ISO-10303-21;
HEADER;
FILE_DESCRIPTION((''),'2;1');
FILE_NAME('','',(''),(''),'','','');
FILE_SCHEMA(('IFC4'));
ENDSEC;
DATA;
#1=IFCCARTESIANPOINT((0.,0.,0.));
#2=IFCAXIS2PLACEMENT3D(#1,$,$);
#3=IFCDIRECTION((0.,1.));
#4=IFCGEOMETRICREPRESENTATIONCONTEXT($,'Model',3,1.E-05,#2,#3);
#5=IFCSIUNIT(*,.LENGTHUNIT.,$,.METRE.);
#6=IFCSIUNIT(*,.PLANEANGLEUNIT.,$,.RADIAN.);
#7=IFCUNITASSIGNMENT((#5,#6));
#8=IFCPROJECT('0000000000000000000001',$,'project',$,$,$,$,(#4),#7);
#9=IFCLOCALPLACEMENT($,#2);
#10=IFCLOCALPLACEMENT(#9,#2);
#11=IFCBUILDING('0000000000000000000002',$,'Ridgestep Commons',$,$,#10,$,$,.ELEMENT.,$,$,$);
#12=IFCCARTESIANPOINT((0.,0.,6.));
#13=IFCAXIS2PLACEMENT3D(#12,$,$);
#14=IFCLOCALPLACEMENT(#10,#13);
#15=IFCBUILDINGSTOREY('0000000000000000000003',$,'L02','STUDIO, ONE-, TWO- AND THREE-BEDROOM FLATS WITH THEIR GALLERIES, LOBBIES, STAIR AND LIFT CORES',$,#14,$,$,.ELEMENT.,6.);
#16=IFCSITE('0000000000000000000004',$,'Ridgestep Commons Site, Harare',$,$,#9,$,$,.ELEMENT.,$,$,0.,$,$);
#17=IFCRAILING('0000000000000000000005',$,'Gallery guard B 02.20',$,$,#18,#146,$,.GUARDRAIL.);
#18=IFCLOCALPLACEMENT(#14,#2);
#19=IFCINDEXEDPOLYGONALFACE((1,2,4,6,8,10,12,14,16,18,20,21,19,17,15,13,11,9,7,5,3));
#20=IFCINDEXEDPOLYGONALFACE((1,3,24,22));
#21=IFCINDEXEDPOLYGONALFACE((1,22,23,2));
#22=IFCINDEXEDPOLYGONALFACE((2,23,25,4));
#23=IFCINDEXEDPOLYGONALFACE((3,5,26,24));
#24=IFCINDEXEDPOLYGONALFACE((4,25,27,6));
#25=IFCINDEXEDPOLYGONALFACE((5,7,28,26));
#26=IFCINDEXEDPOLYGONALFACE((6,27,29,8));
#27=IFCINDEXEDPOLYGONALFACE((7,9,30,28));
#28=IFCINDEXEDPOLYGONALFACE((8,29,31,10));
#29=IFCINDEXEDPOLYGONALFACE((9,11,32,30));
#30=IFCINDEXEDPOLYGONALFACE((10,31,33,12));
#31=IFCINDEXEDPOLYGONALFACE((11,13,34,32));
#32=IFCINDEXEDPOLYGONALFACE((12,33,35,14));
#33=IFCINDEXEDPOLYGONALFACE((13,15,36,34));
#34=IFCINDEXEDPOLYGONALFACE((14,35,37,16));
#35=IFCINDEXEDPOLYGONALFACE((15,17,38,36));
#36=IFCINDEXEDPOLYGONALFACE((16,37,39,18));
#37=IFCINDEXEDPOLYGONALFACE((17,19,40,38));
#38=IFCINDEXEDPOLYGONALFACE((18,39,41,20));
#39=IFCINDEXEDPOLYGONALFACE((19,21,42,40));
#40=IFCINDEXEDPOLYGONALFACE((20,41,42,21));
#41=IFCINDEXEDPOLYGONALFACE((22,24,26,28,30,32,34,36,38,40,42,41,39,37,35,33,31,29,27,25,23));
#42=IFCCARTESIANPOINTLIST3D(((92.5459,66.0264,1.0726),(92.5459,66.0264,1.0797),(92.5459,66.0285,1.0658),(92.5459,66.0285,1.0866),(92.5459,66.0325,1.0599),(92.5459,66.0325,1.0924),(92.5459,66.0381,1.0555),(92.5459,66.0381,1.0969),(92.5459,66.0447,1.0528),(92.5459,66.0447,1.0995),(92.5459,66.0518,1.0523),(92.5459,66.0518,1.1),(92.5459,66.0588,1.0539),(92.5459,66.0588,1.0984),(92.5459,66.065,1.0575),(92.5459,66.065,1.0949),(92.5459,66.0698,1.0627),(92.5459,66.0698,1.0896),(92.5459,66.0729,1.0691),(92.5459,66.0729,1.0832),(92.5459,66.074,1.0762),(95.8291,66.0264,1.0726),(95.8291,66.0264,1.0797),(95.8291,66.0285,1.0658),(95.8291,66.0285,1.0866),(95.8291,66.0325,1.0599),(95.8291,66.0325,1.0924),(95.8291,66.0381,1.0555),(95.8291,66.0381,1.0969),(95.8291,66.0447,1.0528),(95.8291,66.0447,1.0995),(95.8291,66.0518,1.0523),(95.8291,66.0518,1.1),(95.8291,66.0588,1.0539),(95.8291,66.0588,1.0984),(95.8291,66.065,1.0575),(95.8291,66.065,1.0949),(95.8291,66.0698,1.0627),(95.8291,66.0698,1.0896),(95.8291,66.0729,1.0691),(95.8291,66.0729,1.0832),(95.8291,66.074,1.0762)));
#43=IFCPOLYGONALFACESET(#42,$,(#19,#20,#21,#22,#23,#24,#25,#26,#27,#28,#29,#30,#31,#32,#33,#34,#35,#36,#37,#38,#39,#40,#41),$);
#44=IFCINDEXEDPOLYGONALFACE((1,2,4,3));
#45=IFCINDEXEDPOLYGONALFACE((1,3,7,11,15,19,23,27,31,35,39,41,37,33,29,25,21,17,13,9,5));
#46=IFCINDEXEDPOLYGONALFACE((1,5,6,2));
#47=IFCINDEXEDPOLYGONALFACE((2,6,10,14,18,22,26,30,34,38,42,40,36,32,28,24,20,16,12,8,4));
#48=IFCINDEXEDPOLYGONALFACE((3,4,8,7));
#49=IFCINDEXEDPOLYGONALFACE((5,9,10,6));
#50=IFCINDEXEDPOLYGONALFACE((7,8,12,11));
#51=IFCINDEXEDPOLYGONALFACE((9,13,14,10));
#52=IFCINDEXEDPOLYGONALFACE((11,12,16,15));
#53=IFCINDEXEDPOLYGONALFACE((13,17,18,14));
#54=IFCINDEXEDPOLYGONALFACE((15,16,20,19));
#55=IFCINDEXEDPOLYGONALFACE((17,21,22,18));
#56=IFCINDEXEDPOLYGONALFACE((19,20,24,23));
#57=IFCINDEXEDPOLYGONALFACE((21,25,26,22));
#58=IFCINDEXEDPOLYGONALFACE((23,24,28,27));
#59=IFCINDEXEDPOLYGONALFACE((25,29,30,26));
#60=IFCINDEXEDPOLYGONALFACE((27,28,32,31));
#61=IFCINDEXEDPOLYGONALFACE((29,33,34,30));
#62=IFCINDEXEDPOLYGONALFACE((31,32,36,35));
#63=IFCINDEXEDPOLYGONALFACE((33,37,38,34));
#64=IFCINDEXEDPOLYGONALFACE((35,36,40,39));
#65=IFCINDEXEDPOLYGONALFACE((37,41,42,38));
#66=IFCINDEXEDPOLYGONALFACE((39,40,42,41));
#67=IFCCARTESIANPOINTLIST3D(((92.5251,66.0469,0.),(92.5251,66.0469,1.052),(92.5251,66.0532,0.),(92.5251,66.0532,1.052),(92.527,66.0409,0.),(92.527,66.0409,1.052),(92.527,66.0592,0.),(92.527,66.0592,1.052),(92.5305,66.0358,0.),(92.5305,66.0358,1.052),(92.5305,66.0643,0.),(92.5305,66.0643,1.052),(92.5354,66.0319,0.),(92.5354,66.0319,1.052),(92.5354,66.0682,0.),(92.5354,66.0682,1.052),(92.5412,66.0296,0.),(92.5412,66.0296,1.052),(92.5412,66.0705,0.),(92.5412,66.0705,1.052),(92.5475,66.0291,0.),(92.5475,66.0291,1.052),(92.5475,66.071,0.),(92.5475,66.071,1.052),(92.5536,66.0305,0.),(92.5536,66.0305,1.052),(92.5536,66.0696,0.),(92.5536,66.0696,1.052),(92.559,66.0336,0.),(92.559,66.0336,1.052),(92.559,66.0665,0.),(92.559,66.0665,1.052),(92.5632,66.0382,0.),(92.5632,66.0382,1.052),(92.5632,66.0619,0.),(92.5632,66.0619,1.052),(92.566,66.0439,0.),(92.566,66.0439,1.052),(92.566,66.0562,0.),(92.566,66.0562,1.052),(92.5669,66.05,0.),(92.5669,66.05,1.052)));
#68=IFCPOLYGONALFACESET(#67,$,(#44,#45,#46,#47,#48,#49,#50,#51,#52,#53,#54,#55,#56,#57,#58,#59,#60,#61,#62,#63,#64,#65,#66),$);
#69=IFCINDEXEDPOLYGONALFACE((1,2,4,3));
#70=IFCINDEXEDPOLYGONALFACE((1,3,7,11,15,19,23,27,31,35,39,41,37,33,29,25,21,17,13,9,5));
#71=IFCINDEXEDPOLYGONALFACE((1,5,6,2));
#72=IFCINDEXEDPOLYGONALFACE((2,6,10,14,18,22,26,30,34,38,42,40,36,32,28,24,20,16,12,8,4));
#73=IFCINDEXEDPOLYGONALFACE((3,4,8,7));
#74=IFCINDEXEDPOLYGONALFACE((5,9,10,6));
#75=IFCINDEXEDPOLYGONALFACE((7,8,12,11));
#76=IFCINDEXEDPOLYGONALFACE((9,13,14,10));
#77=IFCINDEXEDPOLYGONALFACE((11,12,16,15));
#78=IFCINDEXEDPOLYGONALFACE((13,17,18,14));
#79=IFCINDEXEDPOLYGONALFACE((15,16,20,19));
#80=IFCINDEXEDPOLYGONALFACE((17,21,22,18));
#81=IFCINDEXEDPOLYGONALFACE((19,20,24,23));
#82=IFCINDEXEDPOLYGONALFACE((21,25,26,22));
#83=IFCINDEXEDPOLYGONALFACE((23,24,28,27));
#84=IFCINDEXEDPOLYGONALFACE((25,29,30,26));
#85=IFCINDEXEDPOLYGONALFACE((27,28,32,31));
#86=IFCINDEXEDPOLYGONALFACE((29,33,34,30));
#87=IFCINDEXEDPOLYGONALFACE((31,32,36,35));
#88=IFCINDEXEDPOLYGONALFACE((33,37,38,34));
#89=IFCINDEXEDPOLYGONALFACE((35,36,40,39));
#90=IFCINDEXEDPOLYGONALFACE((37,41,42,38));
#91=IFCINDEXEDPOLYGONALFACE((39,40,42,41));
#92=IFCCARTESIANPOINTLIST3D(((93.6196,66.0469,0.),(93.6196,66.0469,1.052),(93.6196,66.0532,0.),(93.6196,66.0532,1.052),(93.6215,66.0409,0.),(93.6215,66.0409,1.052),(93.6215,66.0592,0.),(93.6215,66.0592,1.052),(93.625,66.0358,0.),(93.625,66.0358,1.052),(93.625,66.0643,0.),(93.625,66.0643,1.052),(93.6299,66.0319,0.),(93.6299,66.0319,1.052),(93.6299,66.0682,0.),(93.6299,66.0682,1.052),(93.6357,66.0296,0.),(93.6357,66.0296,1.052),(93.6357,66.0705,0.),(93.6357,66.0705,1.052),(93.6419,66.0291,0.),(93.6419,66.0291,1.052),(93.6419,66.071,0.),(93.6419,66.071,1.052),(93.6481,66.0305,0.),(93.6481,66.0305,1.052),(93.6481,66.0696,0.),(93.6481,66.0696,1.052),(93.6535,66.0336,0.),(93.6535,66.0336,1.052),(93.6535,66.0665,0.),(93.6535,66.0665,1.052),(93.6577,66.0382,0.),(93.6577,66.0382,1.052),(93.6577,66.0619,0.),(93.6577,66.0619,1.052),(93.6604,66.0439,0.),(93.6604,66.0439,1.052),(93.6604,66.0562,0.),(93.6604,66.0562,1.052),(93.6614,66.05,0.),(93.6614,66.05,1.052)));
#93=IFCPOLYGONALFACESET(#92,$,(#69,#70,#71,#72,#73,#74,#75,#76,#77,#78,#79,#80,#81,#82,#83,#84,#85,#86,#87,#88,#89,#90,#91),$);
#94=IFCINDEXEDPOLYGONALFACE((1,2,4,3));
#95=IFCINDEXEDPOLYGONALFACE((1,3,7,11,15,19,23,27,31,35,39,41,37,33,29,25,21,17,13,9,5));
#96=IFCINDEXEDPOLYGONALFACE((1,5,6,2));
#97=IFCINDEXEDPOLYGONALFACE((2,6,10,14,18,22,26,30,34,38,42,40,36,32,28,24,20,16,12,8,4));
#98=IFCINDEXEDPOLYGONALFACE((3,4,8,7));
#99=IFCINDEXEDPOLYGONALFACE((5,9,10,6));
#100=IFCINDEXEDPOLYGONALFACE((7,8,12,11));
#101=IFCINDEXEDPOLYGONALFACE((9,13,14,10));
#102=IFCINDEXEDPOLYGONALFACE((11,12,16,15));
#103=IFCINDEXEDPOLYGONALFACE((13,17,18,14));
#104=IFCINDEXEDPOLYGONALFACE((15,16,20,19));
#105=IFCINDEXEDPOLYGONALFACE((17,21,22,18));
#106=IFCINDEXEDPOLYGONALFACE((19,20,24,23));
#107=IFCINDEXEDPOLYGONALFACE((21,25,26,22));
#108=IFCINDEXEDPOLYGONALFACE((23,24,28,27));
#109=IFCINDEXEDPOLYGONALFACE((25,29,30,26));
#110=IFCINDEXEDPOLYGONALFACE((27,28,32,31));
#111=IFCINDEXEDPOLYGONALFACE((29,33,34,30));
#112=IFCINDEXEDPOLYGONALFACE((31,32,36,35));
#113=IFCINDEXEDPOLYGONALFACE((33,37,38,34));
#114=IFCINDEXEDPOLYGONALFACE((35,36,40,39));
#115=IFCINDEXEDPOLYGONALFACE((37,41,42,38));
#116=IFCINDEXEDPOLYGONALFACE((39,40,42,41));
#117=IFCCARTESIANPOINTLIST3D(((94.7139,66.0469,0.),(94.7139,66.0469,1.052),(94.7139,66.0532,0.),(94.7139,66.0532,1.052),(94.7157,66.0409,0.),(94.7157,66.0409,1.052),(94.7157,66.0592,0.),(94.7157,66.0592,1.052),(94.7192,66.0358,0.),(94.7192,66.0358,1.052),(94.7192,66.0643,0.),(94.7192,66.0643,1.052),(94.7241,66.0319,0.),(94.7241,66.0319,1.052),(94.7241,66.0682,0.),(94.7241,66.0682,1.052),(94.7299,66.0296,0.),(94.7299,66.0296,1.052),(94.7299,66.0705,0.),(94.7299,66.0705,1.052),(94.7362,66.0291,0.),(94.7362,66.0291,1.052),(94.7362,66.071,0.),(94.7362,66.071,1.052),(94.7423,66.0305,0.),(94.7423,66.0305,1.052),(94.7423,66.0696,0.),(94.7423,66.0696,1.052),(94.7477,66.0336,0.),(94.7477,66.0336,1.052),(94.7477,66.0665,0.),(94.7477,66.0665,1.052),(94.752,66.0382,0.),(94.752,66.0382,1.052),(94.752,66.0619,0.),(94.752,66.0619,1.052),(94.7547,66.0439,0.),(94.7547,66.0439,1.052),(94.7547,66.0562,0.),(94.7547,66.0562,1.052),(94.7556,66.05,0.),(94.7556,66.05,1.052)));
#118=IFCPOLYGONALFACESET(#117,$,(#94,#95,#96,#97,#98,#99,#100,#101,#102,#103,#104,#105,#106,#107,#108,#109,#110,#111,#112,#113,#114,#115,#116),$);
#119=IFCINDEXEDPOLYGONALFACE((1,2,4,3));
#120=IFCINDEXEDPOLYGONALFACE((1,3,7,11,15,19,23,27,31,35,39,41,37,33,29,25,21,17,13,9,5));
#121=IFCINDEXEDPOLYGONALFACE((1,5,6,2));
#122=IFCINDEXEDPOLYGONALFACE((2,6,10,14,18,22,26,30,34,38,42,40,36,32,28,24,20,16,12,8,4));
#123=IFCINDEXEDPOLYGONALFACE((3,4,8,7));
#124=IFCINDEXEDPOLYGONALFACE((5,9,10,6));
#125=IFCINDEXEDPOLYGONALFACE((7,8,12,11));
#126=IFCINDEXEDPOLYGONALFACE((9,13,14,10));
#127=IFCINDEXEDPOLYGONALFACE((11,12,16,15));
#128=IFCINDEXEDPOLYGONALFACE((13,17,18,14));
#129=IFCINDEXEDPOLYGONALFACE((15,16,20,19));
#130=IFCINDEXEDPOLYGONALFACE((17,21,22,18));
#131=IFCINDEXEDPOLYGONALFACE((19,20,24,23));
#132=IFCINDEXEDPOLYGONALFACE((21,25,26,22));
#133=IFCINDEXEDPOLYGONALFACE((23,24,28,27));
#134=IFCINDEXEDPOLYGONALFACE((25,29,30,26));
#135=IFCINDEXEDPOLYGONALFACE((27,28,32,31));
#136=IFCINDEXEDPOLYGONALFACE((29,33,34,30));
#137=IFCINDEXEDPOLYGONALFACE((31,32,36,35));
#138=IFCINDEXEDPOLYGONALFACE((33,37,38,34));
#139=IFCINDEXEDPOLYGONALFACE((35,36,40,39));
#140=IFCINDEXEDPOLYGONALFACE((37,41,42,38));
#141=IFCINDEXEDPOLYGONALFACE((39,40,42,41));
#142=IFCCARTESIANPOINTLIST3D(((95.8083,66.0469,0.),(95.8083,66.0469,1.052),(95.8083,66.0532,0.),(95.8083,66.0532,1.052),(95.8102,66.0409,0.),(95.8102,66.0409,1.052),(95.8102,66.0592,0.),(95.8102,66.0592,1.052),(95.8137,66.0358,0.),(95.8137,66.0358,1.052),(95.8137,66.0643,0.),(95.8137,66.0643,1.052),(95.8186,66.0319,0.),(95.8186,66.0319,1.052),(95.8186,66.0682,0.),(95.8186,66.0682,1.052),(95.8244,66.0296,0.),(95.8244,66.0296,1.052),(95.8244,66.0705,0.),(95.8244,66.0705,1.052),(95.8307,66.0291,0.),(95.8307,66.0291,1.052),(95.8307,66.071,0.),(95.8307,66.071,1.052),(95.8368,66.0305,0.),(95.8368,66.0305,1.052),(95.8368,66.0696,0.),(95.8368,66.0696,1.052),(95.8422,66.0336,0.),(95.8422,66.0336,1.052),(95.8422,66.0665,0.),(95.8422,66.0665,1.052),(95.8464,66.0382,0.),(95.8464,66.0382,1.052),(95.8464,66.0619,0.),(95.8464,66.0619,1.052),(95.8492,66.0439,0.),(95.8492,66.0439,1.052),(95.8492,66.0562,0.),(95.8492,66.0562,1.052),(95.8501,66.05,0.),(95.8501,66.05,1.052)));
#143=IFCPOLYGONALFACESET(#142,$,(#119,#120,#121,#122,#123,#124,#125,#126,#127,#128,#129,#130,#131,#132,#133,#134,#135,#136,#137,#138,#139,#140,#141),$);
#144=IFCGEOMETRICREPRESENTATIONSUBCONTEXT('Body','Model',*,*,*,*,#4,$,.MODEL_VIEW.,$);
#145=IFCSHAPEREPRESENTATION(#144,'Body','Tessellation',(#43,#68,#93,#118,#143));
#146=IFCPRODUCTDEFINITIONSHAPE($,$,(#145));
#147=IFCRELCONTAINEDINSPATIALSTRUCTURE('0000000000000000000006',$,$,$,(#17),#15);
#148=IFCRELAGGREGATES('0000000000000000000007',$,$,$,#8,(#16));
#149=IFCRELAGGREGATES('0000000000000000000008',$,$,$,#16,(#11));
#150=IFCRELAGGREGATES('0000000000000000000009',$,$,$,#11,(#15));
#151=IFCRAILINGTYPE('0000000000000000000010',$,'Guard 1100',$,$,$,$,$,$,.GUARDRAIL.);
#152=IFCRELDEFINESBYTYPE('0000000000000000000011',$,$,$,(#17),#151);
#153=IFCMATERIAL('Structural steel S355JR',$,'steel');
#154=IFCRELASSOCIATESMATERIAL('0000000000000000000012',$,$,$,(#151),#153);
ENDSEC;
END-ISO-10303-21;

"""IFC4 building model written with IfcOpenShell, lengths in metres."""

from ifc_helpers import new_model, si_unit, direction, frame, origin, origin_2d, place, context, subcontext, project, spatial, circle, extrude, material, type_object, element, save


model = new_model("IFC4")

# Units and contexts
model_context = context("Model", 3, precision=1e-05, world=origin(), true_north=direction((0.0, 1.0)))
body_context = subcontext(model_context, "Body", "Model", "MODEL_VIEW")
ifc_project = project(units=[si_unit("LENGTHUNIT", "METRE"), si_unit("PLANEANGLEUNIT", "RADIAN")], contexts=[model_context])

# Site, building, storey
site_placement = place(None, origin())
site = spatial("IfcSite", under=ifc_project, at=site_placement, Name="Ridgestep Commons Site, Harare", CompositionType="ELEMENT", RefElevation=0.0)
building_placement = place(site_placement, origin())
building = spatial("IfcBuilding", under=site, at=building_placement, Name="Ridgestep Commons", CompositionType="ELEMENT")
storey_placement = place(building_placement, frame((0.0, 0.0, 6.0)))
storey = spatial("IfcBuildingStorey", under=building, at=storey_placement, Name="L02", Description="STUDIO, ONE-, TWO- AND THREE-BEDROOM FLATS WITH THEIR GALLERIES, LOBBIES, STAIR AND LIFT CORES", CompositionType="ELEMENT", Elevation=6.0)

# Railing
ifc_material_1 = material(Name="Structural steel S355JR", Category="steel")
railing_type_1 = type_object("IfcRailingType", Name="Guard 1100", PredefinedType="GUARDRAIL", material=ifc_material_1)
railing_1_placement = place(storey_placement, frame((92.5459, 66.05, 0.0)))
element("IfcRailing", 1, at=railing_1_placement, inside=storey, type_object=railing_type_1, Name="Gallery guard B 02.20", PredefinedType="GUARDRAIL", context=body_context, shape_type="SweptSolid", body=[
    extrude(circle(Radius=0.0239, at=origin_2d()), frame((0.0, 0.0, 1.0762), z_axis=(1.0, 0.0, 0.0), x_axis=(0.0, 1.0, 0.0)), (0.0, 0.0, 1.0), 3.2832),
    extrude(circle(Radius=0.021, at=origin_2d()), origin(), (0.0, 0.0, 1.0), 1.052),
    extrude(circle(Radius=0.021, at=origin_2d()), frame((1.0945, 0.0, 0.0)), (0.0, 0.0, 1.0), 1.052),
    extrude(circle(Radius=0.021, at=origin_2d()), frame((2.1887, 0.0, 0.0)), (0.0, 0.0, 1.0), 1.052),
    extrude(circle(Radius=0.021, at=origin_2d()), frame((3.2832, 0.0, 0.0)), (0.0, 0.0, 1.0), 1.052),
])

save(model, "model.ifc")
